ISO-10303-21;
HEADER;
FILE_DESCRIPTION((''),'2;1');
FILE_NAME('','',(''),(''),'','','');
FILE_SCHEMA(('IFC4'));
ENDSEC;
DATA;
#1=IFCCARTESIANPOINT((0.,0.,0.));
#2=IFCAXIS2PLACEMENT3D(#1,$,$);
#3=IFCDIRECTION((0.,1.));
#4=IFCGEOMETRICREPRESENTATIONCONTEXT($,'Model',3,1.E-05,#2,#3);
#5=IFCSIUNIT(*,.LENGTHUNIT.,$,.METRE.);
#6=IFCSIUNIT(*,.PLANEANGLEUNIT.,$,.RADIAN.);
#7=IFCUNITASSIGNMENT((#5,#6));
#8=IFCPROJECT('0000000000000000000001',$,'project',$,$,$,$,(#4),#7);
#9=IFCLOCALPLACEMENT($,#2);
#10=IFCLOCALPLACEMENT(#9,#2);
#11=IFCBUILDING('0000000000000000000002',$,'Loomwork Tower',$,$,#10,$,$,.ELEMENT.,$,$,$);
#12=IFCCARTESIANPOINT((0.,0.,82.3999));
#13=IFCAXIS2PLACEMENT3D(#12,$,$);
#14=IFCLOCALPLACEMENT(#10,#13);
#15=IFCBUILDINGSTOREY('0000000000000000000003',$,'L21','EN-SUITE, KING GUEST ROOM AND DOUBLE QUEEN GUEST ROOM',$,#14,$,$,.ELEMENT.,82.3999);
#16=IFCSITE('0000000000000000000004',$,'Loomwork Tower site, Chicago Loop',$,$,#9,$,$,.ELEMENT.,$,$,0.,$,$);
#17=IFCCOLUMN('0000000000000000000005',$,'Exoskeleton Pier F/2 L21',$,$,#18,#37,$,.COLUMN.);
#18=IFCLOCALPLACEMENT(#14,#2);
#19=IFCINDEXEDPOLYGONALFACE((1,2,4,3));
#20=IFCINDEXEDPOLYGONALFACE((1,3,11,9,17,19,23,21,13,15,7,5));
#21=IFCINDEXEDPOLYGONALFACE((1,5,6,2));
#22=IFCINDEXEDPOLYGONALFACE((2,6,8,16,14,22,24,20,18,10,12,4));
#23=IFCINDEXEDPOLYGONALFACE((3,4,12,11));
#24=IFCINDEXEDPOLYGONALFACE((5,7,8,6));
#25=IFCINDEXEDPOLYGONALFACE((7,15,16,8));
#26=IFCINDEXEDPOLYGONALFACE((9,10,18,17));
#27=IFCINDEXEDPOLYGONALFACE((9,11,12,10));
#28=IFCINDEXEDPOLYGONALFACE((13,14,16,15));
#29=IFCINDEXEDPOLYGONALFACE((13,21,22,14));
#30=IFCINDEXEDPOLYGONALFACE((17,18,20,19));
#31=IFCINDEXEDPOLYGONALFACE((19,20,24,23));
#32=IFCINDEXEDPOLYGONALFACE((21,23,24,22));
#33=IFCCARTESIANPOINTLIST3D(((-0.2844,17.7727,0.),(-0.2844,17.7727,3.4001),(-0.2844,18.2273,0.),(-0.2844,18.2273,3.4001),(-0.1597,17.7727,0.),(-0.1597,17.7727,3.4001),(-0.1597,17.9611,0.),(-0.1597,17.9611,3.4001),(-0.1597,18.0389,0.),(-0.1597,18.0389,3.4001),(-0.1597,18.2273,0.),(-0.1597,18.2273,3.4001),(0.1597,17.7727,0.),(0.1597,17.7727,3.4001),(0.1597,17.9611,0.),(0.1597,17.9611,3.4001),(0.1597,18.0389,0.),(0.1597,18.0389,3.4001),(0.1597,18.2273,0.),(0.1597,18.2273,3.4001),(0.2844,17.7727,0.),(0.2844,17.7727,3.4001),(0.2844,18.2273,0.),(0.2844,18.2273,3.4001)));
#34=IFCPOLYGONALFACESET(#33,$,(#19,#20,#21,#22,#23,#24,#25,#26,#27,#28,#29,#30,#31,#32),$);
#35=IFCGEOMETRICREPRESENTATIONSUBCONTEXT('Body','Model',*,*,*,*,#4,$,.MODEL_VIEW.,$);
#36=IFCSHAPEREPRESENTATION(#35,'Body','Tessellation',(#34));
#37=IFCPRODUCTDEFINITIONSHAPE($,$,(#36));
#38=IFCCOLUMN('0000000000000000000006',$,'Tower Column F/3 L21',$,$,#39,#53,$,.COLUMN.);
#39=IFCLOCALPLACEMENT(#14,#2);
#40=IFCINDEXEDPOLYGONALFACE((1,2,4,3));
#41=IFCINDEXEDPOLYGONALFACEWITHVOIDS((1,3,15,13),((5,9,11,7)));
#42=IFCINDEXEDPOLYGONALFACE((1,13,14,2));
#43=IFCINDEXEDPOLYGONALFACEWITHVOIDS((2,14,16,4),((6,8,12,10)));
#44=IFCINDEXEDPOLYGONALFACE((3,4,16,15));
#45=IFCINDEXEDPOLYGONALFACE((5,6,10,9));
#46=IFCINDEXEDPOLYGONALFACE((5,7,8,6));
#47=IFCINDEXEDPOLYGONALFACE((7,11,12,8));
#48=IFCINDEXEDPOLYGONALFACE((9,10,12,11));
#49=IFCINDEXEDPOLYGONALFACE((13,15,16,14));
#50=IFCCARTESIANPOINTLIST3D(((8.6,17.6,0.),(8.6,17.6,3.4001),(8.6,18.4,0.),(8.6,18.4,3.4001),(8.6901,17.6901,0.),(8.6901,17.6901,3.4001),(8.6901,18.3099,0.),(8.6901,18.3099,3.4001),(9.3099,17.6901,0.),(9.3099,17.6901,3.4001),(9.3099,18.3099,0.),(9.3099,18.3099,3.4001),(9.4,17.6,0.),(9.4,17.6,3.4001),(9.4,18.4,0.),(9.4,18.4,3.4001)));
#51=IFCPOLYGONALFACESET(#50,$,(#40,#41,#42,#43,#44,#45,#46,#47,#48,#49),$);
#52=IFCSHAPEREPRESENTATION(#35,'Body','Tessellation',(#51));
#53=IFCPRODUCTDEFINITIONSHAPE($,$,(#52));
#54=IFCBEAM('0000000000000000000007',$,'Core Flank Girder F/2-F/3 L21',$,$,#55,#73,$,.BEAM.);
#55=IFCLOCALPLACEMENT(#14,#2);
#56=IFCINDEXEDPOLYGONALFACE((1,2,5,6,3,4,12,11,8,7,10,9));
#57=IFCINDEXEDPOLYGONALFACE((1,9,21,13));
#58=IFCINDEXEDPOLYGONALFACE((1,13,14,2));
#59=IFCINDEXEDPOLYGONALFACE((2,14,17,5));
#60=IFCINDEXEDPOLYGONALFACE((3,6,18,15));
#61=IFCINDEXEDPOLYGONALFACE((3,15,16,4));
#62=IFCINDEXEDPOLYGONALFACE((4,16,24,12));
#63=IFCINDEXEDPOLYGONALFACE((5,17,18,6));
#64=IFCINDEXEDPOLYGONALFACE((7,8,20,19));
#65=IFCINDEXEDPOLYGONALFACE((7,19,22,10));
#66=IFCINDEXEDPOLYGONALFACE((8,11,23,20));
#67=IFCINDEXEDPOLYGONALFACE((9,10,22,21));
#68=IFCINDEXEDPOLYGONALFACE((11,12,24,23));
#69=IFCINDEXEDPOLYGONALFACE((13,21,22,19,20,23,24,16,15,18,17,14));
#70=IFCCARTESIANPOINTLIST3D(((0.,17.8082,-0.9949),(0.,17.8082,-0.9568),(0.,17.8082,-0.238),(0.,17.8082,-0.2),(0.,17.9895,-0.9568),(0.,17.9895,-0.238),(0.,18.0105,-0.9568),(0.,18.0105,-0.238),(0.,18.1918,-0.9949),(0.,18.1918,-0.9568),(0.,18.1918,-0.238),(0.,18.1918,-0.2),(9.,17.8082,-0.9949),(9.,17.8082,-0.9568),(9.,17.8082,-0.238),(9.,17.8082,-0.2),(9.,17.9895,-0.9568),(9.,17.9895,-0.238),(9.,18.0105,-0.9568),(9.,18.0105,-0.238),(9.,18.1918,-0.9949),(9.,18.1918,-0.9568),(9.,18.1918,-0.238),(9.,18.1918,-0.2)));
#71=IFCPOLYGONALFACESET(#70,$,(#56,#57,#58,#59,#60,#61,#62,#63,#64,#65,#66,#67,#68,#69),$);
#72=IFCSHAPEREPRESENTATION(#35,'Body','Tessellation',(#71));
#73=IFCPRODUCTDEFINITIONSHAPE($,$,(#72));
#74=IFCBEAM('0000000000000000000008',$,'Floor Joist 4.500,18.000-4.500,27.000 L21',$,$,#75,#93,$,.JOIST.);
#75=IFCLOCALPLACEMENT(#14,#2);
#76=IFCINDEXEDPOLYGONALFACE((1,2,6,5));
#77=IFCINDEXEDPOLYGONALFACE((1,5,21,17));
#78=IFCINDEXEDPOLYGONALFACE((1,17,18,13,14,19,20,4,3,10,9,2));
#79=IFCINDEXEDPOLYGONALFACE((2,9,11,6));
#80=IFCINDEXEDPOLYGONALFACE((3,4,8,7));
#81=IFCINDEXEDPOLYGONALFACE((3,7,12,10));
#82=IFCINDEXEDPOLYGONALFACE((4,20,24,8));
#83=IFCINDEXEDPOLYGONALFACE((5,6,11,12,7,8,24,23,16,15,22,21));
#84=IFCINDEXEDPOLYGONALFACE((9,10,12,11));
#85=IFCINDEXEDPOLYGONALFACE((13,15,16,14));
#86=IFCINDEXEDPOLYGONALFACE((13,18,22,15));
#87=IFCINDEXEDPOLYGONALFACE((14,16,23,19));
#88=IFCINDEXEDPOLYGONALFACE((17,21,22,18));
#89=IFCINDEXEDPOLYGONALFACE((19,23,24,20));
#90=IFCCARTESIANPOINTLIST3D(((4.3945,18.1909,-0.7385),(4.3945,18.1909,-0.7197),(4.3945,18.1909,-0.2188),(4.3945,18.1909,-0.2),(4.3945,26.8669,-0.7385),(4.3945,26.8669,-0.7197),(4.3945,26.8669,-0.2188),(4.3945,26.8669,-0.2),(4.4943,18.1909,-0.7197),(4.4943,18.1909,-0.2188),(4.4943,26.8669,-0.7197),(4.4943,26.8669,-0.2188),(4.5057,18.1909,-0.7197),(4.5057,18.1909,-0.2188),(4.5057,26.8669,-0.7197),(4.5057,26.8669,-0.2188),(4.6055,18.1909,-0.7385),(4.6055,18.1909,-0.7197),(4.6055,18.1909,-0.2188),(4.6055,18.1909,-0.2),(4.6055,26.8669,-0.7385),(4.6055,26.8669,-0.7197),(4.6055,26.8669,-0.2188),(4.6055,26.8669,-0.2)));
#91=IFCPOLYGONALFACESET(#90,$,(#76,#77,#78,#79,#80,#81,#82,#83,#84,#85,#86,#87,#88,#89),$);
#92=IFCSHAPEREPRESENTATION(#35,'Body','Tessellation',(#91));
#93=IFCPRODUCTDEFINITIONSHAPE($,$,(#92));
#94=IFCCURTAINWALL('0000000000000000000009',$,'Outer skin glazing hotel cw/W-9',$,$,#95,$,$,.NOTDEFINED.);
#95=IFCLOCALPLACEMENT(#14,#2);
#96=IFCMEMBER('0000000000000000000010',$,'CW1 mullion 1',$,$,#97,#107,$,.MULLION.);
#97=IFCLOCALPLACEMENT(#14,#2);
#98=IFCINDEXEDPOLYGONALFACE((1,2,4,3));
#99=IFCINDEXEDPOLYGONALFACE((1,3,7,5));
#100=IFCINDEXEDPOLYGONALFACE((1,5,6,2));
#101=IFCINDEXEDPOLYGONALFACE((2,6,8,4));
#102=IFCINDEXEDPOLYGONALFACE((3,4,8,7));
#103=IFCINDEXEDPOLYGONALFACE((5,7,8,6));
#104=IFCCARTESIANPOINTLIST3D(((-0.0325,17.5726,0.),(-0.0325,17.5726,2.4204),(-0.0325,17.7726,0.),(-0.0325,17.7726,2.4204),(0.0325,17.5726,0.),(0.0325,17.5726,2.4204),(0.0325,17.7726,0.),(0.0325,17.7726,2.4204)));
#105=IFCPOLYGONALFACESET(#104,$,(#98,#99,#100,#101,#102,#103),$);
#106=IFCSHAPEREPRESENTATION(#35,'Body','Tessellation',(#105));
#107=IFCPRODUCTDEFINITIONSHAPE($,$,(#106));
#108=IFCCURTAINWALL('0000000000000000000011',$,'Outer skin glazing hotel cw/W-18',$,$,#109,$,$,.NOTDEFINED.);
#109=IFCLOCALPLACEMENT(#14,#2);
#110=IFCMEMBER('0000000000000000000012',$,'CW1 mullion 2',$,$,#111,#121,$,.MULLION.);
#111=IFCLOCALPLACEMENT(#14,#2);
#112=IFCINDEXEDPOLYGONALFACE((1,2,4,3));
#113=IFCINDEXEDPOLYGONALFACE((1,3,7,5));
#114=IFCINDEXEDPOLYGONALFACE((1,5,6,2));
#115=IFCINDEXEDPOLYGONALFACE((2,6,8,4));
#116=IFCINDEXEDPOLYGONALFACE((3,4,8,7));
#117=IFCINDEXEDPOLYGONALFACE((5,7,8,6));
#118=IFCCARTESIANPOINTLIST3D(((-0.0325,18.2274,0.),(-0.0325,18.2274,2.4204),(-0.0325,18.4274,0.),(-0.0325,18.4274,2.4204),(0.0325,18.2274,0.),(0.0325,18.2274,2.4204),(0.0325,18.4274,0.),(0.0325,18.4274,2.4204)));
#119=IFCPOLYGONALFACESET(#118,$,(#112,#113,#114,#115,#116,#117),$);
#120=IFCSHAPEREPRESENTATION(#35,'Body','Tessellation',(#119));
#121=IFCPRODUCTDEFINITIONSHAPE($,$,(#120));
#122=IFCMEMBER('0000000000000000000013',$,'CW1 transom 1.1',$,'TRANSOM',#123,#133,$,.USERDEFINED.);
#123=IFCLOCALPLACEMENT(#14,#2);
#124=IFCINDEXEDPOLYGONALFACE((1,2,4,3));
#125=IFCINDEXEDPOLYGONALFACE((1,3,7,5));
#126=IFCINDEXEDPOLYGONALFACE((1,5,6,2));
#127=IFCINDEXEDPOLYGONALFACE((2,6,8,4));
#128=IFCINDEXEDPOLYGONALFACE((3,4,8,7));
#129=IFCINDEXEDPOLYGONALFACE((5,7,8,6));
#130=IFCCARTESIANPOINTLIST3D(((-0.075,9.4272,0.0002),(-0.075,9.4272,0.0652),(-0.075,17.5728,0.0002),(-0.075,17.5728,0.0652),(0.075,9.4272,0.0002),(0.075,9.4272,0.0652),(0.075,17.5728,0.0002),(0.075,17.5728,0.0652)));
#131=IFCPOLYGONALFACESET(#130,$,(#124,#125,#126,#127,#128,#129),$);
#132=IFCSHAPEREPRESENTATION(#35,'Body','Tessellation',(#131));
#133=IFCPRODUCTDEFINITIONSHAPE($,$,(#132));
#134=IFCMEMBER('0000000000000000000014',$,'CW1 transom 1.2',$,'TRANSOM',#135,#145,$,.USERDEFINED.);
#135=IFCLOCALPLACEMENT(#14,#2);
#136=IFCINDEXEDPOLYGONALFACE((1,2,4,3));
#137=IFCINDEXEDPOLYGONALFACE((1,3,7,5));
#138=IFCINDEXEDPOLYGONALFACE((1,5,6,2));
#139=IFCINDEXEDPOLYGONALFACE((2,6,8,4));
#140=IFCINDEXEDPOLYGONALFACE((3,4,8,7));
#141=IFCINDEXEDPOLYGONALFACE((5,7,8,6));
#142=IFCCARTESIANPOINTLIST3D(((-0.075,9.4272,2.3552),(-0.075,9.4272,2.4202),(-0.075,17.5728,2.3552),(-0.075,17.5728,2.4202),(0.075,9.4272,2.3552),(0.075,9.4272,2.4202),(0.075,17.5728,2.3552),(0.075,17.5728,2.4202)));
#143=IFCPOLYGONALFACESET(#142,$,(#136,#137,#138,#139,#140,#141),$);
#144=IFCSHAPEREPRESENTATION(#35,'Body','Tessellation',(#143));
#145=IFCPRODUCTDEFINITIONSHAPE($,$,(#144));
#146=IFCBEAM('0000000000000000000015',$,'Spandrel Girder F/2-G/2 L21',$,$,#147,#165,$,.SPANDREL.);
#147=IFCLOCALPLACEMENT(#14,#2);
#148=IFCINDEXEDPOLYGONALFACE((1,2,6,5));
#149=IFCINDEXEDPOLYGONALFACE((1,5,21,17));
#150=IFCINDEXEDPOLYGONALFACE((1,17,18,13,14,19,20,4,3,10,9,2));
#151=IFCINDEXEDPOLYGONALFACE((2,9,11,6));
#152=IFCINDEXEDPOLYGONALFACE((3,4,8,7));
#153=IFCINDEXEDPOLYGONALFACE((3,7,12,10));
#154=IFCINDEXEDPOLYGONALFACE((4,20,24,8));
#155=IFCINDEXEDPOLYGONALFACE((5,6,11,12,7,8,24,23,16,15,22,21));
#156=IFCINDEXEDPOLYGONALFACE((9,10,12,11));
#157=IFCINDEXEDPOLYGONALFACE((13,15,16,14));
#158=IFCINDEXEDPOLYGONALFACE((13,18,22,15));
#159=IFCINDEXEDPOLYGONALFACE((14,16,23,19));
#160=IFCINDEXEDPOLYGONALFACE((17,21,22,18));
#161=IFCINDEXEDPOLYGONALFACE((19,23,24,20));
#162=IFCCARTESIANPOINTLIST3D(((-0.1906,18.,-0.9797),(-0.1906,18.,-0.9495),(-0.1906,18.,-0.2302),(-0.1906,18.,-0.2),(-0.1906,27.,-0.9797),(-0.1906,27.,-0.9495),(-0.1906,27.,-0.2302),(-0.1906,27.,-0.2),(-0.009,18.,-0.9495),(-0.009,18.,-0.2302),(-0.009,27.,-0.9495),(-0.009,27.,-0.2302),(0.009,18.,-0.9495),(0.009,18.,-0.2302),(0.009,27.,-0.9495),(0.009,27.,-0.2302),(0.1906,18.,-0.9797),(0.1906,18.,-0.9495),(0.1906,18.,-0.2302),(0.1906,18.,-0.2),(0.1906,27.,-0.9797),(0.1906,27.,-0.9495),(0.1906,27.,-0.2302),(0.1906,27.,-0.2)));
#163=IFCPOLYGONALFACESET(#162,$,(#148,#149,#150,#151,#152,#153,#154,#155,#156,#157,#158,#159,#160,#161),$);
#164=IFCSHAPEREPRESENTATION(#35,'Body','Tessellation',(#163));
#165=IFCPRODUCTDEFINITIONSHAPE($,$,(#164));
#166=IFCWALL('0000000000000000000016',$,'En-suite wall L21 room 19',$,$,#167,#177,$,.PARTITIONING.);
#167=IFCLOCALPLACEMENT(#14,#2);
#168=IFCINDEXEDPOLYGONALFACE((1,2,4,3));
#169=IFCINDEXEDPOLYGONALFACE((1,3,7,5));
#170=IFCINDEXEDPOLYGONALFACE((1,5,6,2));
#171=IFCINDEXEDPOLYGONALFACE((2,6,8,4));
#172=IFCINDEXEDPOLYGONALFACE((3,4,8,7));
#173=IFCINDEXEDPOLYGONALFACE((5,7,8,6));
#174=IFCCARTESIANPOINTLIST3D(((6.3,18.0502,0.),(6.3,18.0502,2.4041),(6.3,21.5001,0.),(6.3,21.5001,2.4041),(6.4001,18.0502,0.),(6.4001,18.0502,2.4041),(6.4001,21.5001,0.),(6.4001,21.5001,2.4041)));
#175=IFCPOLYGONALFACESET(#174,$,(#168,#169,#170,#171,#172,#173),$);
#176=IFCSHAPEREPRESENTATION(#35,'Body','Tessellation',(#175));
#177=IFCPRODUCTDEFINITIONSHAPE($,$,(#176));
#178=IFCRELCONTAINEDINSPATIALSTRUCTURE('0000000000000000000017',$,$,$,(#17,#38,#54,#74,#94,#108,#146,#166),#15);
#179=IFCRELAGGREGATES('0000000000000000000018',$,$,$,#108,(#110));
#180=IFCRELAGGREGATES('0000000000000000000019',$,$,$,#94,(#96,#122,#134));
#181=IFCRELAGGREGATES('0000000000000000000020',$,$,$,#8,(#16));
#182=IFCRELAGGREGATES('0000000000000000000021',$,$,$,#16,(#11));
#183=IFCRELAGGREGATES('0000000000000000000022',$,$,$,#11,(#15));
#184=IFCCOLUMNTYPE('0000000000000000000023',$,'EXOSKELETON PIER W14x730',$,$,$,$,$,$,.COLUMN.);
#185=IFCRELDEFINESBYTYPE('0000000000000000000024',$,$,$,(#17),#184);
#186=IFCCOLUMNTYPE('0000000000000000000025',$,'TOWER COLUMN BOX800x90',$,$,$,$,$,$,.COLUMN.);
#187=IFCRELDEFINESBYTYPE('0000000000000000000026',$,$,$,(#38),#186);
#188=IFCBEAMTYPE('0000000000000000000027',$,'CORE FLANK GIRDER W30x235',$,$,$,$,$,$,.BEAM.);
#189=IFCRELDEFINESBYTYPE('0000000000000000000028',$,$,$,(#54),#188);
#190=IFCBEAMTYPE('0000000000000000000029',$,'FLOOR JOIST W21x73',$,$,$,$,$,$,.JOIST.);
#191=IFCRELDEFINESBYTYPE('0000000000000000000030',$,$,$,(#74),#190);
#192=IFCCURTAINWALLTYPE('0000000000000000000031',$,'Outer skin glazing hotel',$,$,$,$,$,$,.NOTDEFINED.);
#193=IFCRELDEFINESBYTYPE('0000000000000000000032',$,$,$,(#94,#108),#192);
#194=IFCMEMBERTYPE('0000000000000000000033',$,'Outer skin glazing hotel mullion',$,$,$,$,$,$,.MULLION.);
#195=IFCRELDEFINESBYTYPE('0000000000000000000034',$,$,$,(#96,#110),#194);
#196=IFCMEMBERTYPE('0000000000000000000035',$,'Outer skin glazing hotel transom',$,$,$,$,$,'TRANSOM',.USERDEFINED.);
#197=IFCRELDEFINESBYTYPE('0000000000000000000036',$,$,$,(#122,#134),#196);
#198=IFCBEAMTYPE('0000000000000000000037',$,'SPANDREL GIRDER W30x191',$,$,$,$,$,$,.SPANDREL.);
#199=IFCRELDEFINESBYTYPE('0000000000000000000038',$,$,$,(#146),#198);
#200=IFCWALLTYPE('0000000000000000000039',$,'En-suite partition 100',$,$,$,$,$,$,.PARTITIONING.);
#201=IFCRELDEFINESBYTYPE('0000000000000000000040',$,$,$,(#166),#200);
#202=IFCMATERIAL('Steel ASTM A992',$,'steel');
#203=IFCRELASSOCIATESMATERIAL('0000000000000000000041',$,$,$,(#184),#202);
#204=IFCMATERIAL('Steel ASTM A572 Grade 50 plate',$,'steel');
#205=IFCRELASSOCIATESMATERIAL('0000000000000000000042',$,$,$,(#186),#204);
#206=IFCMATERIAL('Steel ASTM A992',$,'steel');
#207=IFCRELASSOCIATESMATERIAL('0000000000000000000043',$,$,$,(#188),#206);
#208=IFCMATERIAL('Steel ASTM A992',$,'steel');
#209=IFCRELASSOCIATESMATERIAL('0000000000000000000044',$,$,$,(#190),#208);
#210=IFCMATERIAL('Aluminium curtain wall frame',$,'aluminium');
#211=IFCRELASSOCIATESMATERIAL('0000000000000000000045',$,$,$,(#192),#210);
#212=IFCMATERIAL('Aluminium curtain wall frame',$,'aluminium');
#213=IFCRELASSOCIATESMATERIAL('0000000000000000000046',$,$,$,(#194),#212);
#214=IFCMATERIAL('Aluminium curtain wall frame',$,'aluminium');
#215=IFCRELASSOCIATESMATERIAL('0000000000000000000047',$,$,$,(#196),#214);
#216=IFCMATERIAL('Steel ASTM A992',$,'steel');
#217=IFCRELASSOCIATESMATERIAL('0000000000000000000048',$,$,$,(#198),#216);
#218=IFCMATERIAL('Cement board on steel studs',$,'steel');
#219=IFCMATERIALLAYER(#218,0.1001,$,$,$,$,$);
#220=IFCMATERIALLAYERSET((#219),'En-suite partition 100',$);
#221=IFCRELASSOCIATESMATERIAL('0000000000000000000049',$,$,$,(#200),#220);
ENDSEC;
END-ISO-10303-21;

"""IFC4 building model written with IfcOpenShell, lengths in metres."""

from ifc_helpers import new_model, si_unit, direction, frame, frame_2d, origin, origin_2d, place, context, subcontext, project, spatial, rectangle, hollow_rectangle, i_section, extrude, material, layer, layer_set, material_profile, profile_set, type_object, element, aggregate, save


model = new_model("IFC4")

# Units and contexts
model_context = context("Model", 3, precision=1e-05, world=origin(), true_north=direction((0.0, 1.0)))
body_context = subcontext(model_context, "Body", "Model", "MODEL_VIEW")
ifc_project = project(units=[si_unit("LENGTHUNIT", "METRE"), si_unit("PLANEANGLEUNIT", "RADIAN")], contexts=[model_context])

# Site, building, storey
site_placement = place(None, origin())
site = spatial("IfcSite", under=ifc_project, at=site_placement, Name="Loomwork Tower site, Chicago Loop", CompositionType="ELEMENT", RefElevation=0.0)
building_placement = place(site_placement, origin())
building = spatial("IfcBuilding", under=site, at=building_placement, Name="Loomwork Tower", CompositionType="ELEMENT")
storey_placement = place(building_placement, frame((0.0, 0.0, 82.3999)))
storey = spatial("IfcBuildingStorey", under=building, at=storey_placement, Name="L21", Description="EN-SUITE, KING GUEST ROOM AND DOUBLE QUEEN GUEST ROOM", CompositionType="ELEMENT", Elevation=82.3999)

# Columns
ifc_material_1 = material(Name="Steel ASTM A992", Category="steel")
ifc_material_profile_1 = material_profile(ifc_material_1, i_section(OverallWidth=0.4546, OverallDepth=0.5688, WebThickness=0.0779, FlangeThickness=0.1248, at=origin_2d()), Name="W14x730")
ifc_profile_set_1 = profile_set([ifc_material_profile_1], Name="Steel ASTM A992")
column_type_1 = type_object("IfcColumnType", Name="EXOSKELETON PIER W14x730", PredefinedType="COLUMN", material=ifc_profile_set_1)
column_1_placement = place(storey_placement, frame((0.0, 18.0, 0.0), z_axis=(0.0, 0.0, 1.0), x_axis=(0.0, 1.0, 0.0)))
element("IfcColumn", 1, at=column_1_placement, inside=storey, type_object=column_type_1, Name="Exoskeleton Pier F/2 L21", PredefinedType="COLUMN", context=body_context, shape_type="SweptSolid", body=[
    extrude(i_section(OverallWidth=0.4546, OverallDepth=0.5688, WebThickness=0.0779, FlangeThickness=0.1248, at=origin_2d()), origin(), (0.0, 0.0, 1.0), 3.4001),
])
ifc_material_2 = material(Name="Steel ASTM A572 Grade 50 plate", Category="steel")
ifc_material_profile_2 = material_profile(ifc_material_2, hollow_rectangle(XDim=0.8, YDim=0.8, WallThickness=0.0901, at=origin_2d()), Name="BOX800x90")
ifc_profile_set_2 = profile_set([ifc_material_profile_2], Name="Steel ASTM A572 Grade 50 plate")
column_type_2 = type_object("IfcColumnType", Name="TOWER COLUMN BOX800x90", PredefinedType="COLUMN", material=ifc_profile_set_2)
column_2_placement = place(storey_placement, frame((9.0, 18.0, 0.0), z_axis=(0.0, 0.0, 1.0), x_axis=(1.0, 0.0, 0.0)))
element("IfcColumn", 2, at=column_2_placement, inside=storey, type_object=column_type_2, Name="Tower Column F/3 L21", PredefinedType="COLUMN", context=body_context, shape_type="SweptSolid", body=[
    extrude(hollow_rectangle(XDim=0.8, YDim=0.8, WallThickness=0.0901, at=origin_2d()), origin(), (0.0, 0.0, 1.0), 3.4001),
])

# Beams
ifc_material_3 = material(Name="Steel ASTM A992", Category="steel")
ifc_material_profile_3 = material_profile(ifc_material_3, i_section(OverallWidth=0.3835, OverallDepth=0.7949, WebThickness=0.021, FlangeThickness=0.0381, at=origin_2d()), Name="W30x235")
ifc_profile_set_3 = profile_set([ifc_material_profile_3], Name="Steel ASTM A992")
beam_type_1 = type_object("IfcBeamType", Name="CORE FLANK GIRDER W30x235", PredefinedType="BEAM", material=ifc_profile_set_3)
beam_1_placement = place(storey_placement, frame((0.0, 18.0, -0.5974), z_axis=(1.0, 0.0, 0.0), x_axis=(0.0, 1.0, 0.0)))
element("IfcBeam", 3, at=beam_1_placement, inside=storey, type_object=beam_type_1, Name="Core Flank Girder F/2-F/3 L21", PredefinedType="BEAM", context=body_context, shape_type="SweptSolid", body=[
    extrude(i_section(OverallWidth=0.3835, OverallDepth=0.7949, WebThickness=0.021, FlangeThickness=0.0381, at=origin_2d()), origin(), (0.0, 0.0, 1.0), 9.0),
])
ifc_material_4 = material(Name="Steel ASTM A992", Category="steel")
ifc_material_profile_4 = material_profile(ifc_material_4, i_section(OverallWidth=0.2109, OverallDepth=0.5386, WebThickness=0.0115, FlangeThickness=0.0188, at=origin_2d()), Name="W21x73")
ifc_profile_set_4 = profile_set([ifc_material_profile_4], Name="Steel ASTM A992")
beam_type_2 = type_object("IfcBeamType", Name="FLOOR JOIST W21x73", PredefinedType="JOIST", material=ifc_profile_set_4)
beam_2_placement = place(storey_placement, frame((4.5, 18.1909, -0.4692), z_axis=(0.0, 1.0, 0.0), x_axis=(-1.0, 0.0, 0.0)))
element("IfcBeam", 4, at=beam_2_placement, inside=storey, type_object=beam_type_2, Name="Floor Joist 4.500,18.000-4.500,27.000 L21", PredefinedType="JOIST", context=body_context, shape_type="SweptSolid", body=[
    extrude(i_section(OverallWidth=0.2109, OverallDepth=0.5386, WebThickness=0.0115, FlangeThickness=0.0188, at=origin_2d()), origin(), (0.0, 0.0, 1.0), 8.676),
])

# Curtain walls, members
ifc_material_5 = material(Name="Aluminium curtain wall frame", Category="aluminium")
curtain_wall_type = type_object("IfcCurtainWallType", Name="Outer skin glazing hotel", PredefinedType="NOTDEFINED", material=ifc_material_5)
curtain_wall_1_placement = place(storey_placement, origin())
curtain_wall_1 = element("IfcCurtainWall", 5, at=curtain_wall_1_placement, inside=storey, type_object=curtain_wall_type, Name="Outer skin glazing hotel cw/W-9", PredefinedType="NOTDEFINED")
ifc_material_6 = material(Name="Aluminium curtain wall frame", Category="aluminium")
ifc_material_profile_5 = material_profile(ifc_material_6, rectangle(XDim=0.0649, YDim=0.2, at=origin_2d()), Name="AL 65x200")
ifc_profile_set_5 = profile_set([ifc_material_profile_5], Name="Aluminium curtain wall frame")
member_type_1 = type_object("IfcMemberType", Name="Outer skin glazing hotel mullion", PredefinedType="MULLION", material=ifc_profile_set_5)
member_1_placement = place(storey_placement, frame((0.0, 17.6726, 0.0), z_axis=(0.0, 0.0, 1.0), x_axis=(1.0, 0.0, 0.0)))
member_1 = element("IfcMember", 6, at=member_1_placement, type_object=member_type_1, Name="CW1 mullion 1", PredefinedType="MULLION", context=body_context, shape_type="SweptSolid", body=[
    extrude(rectangle(XDim=0.0649, YDim=0.2, at=origin_2d()), origin(), (0.0, 0.0, 1.0), 2.4204),
])
curtain_wall_2_placement = place(storey_placement, origin())
curtain_wall_2 = element("IfcCurtainWall", 7, at=curtain_wall_2_placement, inside=storey, type_object=curtain_wall_type, Name="Outer skin glazing hotel cw/W-18", PredefinedType="NOTDEFINED")
member_2_placement = place(storey_placement, frame((0.0, 18.3274, 0.0), z_axis=(0.0, 0.0, 1.0), x_axis=(1.0, 0.0, 0.0)))
member_2 = element("IfcMember", 8, at=member_2_placement, type_object=member_type_1, Name="CW1 mullion 2", PredefinedType="MULLION", context=body_context, shape_type="SweptSolid", body=[
    extrude(rectangle(XDim=0.0649, YDim=0.2, at=origin_2d()), origin(), (0.0, 0.0, 1.0), 2.4204),
])
aggregate(curtain_wall_2, [member_2])

# Members
ifc_material_7 = material(Name="Aluminium curtain wall frame", Category="aluminium")
ifc_material_profile_6 = material_profile(ifc_material_7, rectangle(XDim=0.1499, YDim=0.0649, at=origin_2d()), Name="AL 65x150")
ifc_profile_set_6 = profile_set([ifc_material_profile_6], Name="Aluminium curtain wall frame")
member_type_2 = type_object("IfcMemberType", Name="Outer skin glazing hotel transom", ElementType="TRANSOM", PredefinedType="USERDEFINED", material=ifc_profile_set_6)
member_3_placement = place(storey_placement, frame((0.0, 17.5728, 0.0327), z_axis=(0.0, -1.0, 0.0), x_axis=(1.0, 0.0, 0.0)))
member_3 = element("IfcMember", 9, at=member_3_placement, type_object=member_type_2, Name="CW1 transom 1.1", ObjectType="TRANSOM", PredefinedType="USERDEFINED", context=body_context, shape_type="SweptSolid", body=[
    extrude(rectangle(XDim=0.1499, YDim=0.0649, at=origin_2d()), origin(), (0.0, 0.0, 1.0), 8.1455),
])
member_4_placement = place(storey_placement, frame((0.0, 17.5728, 2.3877), z_axis=(0.0, -1.0, 0.0), x_axis=(1.0, 0.0, 0.0)))
member_4 = element("IfcMember", 10, at=member_4_placement, type_object=member_type_2, Name="CW1 transom 1.2", ObjectType="TRANSOM", PredefinedType="USERDEFINED", context=body_context, shape_type="SweptSolid", body=[
    extrude(rectangle(XDim=0.1499, YDim=0.0649, at=origin_2d()), origin(), (0.0, 0.0, 1.0), 8.1455),
])
aggregate(curtain_wall_1, [member_1, member_3, member_4])

# Beam
ifc_material_8 = material(Name="Steel ASTM A992", Category="steel")
ifc_material_profile_7 = material_profile(ifc_material_8, i_section(OverallWidth=0.3811, OverallDepth=0.7798, WebThickness=0.0181, FlangeThickness=0.0303, at=origin_2d()), Name="W30x191")
ifc_profile_set_7 = profile_set([ifc_material_profile_7], Name="Steel ASTM A992")
beam_type_3 = type_object("IfcBeamType", Name="SPANDREL GIRDER W30x191", PredefinedType="SPANDREL", material=ifc_profile_set_7)
beam_3_placement = place(storey_placement, frame((0.0, 18.0, -0.5898), z_axis=(0.0, 1.0, 0.0), x_axis=(-1.0, 0.0, 0.0)))
element("IfcBeam", 11, at=beam_3_placement, inside=storey, type_object=beam_type_3, Name="Spandrel Girder F/2-G/2 L21", PredefinedType="SPANDREL", context=body_context, shape_type="SweptSolid", body=[
    extrude(i_section(OverallWidth=0.3811, OverallDepth=0.7798, WebThickness=0.0181, FlangeThickness=0.0303, at=origin_2d()), origin(), (0.0, 0.0, 1.0), 9.0),
])

# Wall
ifc_material_9 = material(Name="Cement board on steel studs", Category="steel")
ifc_layer_1 = layer(ifc_material_9, 0.1001)
ifc_layer_set_1 = layer_set([ifc_layer_1], Name="En-suite partition 100")
wall_type_1 = type_object("IfcWallType", Name="En-suite partition 100", PredefinedType="PARTITIONING", material=ifc_layer_set_1)
wall_1_placement = place(storey_placement, frame((6.3501, 18.05, 0.0), z_axis=(0.0, 0.0, 1.0), x_axis=(0.0, 1.0, 0.0)))
element("IfcWall", 12, at=wall_1_placement, inside=storey, type_object=wall_type_1, Name="En-suite wall L21 room 19", PredefinedType="PARTITIONING", context=body_context, shape_type="SweptSolid", body=[
    extrude(rectangle(XDim=3.45, YDim=0.1001, at=frame_2d((1.7251, 0.0))), origin(), (0.0, 0.0, 1.0), 2.4041),
])

save(model, "model.ifc")
